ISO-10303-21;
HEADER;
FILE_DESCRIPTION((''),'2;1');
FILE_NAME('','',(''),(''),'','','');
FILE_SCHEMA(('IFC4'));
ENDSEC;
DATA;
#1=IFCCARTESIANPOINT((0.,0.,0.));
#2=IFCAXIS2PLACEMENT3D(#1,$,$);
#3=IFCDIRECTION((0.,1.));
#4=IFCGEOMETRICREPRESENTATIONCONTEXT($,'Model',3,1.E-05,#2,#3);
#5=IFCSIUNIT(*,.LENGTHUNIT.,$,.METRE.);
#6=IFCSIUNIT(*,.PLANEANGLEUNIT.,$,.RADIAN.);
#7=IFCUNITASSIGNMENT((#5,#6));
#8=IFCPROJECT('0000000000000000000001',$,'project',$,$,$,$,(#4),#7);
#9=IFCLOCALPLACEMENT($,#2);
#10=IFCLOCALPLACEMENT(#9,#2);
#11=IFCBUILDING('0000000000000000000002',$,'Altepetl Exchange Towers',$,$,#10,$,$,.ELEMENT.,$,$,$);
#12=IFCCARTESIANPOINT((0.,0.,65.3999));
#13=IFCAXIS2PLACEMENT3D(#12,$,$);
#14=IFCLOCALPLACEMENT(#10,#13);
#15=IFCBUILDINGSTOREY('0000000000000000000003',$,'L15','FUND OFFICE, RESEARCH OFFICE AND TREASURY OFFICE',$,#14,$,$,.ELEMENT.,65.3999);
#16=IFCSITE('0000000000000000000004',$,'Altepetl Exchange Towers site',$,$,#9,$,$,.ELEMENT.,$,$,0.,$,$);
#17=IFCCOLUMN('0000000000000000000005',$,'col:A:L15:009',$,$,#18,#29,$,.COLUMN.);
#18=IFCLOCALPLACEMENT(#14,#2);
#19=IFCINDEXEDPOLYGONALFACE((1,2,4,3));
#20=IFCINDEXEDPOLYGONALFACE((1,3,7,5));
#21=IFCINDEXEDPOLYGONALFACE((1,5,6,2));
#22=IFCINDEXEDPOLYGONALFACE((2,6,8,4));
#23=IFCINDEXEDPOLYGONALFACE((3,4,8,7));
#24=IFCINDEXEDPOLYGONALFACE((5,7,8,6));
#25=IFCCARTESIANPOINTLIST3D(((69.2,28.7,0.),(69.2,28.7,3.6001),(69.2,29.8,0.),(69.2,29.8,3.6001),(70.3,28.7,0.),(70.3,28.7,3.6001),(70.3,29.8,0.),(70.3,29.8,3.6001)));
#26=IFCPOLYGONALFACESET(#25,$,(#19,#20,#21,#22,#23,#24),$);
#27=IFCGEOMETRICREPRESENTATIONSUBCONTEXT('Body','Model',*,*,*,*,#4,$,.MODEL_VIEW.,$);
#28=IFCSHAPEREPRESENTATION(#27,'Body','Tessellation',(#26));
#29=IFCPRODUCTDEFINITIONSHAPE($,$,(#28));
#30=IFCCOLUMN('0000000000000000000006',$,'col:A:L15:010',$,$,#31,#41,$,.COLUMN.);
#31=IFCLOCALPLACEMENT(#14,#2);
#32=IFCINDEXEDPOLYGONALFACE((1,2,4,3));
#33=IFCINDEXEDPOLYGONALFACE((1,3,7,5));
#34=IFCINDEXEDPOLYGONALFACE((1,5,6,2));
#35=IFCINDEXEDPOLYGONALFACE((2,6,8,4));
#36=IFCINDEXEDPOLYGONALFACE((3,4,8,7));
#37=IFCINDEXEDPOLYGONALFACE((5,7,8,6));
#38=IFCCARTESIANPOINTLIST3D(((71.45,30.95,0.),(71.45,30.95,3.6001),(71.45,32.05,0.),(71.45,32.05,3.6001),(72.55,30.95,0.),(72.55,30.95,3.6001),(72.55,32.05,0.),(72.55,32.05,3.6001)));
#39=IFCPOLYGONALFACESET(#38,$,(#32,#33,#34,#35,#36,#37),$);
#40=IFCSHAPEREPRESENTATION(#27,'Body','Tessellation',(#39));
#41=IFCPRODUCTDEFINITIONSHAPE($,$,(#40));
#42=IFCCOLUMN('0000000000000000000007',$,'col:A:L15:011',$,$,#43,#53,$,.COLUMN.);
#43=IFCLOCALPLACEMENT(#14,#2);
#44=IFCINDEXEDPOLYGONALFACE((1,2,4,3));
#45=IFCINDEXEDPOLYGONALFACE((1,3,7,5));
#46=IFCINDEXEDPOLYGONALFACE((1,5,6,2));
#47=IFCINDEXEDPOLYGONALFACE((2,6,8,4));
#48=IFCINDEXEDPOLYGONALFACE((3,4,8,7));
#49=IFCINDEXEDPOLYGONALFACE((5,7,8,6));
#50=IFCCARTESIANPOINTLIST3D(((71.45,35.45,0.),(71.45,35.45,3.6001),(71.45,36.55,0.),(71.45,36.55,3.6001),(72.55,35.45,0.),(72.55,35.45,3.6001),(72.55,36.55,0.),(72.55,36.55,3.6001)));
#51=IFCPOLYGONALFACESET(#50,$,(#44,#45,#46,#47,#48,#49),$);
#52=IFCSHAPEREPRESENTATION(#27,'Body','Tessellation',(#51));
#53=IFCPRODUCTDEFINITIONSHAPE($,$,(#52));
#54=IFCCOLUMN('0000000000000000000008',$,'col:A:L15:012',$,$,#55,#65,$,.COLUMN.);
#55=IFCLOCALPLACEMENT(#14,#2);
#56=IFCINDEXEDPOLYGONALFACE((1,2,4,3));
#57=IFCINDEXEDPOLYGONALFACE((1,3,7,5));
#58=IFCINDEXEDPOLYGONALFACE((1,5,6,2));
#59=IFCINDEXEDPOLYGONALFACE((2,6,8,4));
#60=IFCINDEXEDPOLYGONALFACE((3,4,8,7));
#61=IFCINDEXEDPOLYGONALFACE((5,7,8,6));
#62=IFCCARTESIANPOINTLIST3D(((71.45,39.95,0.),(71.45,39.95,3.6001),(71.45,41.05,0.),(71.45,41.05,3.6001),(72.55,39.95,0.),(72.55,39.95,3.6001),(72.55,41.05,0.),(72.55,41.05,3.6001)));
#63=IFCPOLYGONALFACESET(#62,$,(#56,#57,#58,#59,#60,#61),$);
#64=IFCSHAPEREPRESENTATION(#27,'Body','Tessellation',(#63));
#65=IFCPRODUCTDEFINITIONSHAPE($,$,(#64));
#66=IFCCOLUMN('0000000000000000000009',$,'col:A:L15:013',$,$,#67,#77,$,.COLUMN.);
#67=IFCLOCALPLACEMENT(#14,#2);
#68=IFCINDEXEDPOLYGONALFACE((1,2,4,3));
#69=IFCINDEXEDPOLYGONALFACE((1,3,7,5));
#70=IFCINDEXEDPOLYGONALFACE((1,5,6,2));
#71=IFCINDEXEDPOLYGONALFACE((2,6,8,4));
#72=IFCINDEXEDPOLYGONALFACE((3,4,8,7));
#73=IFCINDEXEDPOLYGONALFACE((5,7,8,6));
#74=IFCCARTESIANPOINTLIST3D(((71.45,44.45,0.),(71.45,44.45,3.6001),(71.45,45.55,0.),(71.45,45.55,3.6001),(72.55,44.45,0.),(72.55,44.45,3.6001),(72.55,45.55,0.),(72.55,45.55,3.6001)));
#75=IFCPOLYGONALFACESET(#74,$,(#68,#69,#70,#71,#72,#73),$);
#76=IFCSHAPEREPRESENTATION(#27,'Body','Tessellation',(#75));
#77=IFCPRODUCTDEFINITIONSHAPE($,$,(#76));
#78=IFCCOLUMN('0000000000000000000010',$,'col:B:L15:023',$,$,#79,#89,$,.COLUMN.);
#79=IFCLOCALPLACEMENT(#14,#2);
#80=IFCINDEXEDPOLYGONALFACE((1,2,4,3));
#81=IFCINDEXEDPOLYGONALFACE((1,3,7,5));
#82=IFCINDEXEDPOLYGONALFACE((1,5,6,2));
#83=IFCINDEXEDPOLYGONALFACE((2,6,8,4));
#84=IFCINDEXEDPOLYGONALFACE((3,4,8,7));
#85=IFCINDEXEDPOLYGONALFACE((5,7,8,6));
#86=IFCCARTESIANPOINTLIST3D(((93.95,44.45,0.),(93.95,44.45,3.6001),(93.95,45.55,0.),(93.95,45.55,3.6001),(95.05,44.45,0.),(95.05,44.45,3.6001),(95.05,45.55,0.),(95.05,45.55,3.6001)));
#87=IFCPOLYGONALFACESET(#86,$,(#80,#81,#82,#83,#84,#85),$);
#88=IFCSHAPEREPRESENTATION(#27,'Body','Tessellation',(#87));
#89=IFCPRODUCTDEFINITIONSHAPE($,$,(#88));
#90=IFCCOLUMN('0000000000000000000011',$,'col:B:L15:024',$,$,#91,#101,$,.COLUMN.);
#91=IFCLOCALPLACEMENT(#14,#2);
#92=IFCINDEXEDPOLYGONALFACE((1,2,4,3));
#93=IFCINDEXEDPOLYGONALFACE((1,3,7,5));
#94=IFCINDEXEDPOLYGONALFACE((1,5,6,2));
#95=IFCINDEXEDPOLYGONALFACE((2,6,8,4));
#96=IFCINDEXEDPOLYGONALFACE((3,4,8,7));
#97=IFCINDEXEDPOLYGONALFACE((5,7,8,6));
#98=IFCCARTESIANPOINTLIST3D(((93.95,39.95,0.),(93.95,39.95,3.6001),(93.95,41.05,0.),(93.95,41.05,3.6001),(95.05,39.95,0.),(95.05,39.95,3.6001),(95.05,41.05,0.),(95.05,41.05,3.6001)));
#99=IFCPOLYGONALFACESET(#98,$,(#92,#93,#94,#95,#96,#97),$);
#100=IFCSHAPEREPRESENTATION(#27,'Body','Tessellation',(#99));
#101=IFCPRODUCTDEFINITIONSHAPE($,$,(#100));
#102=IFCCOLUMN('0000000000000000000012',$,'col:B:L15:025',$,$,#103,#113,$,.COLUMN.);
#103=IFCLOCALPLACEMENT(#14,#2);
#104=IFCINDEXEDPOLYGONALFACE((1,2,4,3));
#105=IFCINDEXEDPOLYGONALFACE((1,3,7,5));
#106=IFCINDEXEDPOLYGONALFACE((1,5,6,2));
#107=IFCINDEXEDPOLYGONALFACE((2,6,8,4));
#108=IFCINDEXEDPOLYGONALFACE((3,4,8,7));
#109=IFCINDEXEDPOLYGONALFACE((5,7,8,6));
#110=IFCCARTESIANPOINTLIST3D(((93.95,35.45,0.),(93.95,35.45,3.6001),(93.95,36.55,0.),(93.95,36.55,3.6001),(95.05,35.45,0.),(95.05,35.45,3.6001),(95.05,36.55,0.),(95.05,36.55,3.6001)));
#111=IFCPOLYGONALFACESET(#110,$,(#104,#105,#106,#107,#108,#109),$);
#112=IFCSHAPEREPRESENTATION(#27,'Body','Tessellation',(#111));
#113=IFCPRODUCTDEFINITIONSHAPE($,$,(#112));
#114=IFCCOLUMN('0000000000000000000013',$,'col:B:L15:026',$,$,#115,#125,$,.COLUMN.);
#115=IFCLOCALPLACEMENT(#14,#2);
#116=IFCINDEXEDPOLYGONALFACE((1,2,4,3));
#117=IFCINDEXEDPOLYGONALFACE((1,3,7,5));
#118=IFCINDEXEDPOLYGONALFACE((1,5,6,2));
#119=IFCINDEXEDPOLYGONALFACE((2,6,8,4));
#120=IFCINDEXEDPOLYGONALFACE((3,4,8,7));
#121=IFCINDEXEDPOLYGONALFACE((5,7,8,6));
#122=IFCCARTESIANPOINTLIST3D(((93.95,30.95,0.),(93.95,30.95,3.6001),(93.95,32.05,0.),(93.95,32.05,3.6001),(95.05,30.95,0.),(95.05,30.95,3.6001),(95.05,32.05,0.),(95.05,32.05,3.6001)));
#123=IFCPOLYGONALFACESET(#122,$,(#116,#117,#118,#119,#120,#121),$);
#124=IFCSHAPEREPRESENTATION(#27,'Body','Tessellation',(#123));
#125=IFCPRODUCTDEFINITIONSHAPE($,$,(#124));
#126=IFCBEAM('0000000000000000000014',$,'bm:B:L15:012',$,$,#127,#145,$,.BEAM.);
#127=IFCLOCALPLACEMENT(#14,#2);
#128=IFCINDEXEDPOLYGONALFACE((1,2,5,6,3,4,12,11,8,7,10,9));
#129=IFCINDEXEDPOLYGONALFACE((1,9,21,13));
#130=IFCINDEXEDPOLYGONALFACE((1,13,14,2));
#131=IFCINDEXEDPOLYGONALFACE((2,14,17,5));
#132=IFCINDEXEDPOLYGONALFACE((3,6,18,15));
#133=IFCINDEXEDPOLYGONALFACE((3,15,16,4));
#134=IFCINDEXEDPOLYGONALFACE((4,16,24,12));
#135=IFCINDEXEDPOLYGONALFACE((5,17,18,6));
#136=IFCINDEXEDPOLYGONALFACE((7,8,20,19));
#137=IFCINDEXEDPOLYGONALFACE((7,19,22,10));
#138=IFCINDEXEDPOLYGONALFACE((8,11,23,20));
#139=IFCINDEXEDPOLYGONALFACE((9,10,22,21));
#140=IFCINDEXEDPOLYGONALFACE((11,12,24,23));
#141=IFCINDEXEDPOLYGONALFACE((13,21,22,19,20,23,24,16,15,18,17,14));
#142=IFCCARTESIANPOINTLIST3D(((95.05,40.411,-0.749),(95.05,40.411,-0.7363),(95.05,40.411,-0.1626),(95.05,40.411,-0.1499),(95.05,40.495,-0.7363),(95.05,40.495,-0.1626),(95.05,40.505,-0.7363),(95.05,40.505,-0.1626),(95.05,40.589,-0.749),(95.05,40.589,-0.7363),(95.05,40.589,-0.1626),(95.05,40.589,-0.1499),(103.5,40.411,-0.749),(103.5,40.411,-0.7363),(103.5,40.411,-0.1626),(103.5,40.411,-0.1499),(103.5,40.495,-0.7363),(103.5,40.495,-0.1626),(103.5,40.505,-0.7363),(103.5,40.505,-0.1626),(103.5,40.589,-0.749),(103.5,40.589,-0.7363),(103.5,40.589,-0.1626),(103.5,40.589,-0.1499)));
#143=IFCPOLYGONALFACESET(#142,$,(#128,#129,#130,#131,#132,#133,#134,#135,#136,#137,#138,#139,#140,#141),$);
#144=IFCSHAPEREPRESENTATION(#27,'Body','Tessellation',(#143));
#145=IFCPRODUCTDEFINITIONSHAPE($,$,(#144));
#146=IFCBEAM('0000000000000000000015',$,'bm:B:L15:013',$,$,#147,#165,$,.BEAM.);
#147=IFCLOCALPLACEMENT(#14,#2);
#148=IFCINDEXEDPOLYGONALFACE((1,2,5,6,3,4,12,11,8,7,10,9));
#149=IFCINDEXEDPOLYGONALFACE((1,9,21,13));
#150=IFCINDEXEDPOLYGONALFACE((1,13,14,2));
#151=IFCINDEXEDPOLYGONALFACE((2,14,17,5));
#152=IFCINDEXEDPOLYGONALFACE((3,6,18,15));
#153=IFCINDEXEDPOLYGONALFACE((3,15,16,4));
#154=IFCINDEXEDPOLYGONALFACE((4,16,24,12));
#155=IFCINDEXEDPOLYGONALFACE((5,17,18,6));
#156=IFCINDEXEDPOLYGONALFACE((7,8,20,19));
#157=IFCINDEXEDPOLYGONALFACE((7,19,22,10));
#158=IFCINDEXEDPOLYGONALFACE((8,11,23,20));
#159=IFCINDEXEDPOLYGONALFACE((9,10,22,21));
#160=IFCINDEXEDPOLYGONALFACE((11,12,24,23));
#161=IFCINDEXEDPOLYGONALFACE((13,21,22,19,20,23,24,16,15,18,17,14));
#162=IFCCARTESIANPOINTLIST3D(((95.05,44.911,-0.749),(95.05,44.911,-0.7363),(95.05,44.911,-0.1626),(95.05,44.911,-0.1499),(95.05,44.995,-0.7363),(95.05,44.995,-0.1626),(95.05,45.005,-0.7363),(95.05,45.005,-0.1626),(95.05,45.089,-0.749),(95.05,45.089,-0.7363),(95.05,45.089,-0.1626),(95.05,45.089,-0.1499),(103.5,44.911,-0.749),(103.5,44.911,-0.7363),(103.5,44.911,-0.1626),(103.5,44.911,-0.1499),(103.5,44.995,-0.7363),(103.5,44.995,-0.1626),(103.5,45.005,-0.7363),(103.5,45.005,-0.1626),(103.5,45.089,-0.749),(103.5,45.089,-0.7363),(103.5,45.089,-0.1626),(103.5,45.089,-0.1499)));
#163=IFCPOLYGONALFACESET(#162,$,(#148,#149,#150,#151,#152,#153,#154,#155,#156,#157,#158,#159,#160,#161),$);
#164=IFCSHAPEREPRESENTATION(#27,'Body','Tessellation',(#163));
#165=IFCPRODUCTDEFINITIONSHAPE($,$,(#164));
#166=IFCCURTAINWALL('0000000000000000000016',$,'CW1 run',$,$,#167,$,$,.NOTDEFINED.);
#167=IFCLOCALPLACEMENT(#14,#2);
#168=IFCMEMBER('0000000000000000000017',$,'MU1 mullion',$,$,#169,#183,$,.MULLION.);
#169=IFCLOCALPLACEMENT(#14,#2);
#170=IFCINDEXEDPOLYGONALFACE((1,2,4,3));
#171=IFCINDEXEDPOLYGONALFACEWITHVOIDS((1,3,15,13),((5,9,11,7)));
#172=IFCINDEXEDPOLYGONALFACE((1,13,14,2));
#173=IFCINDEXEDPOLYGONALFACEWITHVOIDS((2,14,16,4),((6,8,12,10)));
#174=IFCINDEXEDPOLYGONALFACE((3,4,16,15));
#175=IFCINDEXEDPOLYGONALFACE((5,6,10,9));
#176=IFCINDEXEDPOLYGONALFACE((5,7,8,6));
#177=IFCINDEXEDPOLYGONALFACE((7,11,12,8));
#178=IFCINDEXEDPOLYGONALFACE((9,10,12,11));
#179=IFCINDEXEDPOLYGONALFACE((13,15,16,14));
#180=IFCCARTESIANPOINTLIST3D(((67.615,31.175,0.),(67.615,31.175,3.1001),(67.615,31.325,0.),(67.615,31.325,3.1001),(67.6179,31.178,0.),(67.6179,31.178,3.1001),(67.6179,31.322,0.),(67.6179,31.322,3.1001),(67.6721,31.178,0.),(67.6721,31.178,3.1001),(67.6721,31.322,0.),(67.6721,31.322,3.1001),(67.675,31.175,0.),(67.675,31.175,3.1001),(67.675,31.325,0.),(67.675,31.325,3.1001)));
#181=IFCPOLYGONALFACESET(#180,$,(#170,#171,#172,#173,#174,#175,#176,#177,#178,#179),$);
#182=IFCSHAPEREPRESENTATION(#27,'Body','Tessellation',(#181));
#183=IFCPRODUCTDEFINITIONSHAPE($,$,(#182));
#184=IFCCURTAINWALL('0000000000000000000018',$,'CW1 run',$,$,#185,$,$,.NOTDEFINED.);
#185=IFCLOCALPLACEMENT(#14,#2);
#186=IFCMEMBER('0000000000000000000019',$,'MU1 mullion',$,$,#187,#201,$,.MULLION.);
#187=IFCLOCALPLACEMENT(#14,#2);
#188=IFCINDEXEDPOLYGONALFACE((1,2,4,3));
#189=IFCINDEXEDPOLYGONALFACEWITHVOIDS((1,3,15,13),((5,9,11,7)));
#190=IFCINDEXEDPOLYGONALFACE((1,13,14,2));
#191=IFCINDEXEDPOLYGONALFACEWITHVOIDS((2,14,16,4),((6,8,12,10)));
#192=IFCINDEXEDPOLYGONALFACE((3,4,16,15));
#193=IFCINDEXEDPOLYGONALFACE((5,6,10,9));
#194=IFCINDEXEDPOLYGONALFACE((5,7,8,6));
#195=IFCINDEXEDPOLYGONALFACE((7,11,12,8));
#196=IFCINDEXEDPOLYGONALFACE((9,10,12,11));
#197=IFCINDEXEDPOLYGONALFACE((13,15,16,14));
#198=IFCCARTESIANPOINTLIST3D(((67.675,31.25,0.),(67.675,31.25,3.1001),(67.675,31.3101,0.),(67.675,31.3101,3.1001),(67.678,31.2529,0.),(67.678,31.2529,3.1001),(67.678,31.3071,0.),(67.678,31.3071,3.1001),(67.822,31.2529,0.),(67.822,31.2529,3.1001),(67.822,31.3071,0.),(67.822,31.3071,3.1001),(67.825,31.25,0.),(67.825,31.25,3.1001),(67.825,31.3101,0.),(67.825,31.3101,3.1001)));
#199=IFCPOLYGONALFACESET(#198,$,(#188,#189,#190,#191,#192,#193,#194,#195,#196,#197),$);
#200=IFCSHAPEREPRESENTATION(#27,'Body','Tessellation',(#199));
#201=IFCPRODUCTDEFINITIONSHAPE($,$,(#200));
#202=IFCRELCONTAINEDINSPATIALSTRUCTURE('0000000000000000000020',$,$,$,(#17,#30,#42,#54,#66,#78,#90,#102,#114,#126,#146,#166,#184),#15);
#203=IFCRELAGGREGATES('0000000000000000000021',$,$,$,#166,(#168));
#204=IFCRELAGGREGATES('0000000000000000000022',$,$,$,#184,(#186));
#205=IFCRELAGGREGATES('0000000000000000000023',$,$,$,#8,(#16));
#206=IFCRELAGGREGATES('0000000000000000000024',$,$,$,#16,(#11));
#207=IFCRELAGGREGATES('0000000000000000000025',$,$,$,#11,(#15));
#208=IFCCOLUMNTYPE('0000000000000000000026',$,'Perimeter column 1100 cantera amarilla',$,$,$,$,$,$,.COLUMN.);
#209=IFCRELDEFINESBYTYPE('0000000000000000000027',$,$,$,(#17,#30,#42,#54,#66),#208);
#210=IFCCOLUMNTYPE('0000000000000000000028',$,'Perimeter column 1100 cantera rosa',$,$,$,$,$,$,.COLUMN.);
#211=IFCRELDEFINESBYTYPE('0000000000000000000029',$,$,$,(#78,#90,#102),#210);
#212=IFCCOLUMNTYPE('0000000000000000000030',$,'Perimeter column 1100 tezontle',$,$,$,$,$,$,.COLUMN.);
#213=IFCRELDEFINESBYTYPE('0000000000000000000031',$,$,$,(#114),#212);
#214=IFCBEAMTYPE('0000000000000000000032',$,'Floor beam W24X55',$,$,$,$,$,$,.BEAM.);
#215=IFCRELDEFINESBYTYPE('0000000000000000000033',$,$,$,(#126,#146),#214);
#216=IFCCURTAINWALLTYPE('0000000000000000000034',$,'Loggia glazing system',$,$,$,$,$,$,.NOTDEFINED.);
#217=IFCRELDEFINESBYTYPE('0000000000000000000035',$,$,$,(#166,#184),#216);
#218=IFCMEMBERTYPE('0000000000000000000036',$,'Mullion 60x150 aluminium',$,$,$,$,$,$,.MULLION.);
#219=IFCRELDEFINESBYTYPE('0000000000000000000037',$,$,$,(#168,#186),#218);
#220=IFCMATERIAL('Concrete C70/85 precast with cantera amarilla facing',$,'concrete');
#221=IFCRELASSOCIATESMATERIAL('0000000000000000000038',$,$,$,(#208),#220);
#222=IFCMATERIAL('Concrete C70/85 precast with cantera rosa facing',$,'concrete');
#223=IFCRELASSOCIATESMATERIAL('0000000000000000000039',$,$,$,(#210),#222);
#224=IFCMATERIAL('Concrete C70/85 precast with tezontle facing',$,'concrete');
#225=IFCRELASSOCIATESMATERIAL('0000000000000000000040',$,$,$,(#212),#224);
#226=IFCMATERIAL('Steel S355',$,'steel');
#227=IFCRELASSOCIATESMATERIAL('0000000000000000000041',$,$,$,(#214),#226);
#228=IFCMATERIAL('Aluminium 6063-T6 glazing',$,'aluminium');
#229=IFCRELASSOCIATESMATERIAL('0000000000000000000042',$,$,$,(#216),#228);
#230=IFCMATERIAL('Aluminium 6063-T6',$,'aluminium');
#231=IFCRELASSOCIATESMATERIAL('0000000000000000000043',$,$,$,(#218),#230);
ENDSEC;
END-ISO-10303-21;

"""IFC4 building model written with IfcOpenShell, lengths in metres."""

from ifc_helpers import new_model, si_unit, direction, frame, origin, origin_2d, place, context, subcontext, project, spatial, rectangle, hollow_rectangle, i_section, extrude, material, material_profile, profile_set, type_object, element, aggregate, save


model = new_model("IFC4")

# Units and contexts
model_context = context("Model", 3, precision=1e-05, world=origin(), true_north=direction((0.0, 1.0)))
body_context = subcontext(model_context, "Body", "Model", "MODEL_VIEW")
ifc_project = project(units=[si_unit("LENGTHUNIT", "METRE"), si_unit("PLANEANGLEUNIT", "RADIAN")], contexts=[model_context])

# Site, building, storey
site_placement = place(None, origin())
site = spatial("IfcSite", under=ifc_project, at=site_placement, Name="Altepetl Exchange Towers site", CompositionType="ELEMENT", RefElevation=0.0)
building_placement = place(site_placement, origin())
building = spatial("IfcBuilding", under=site, at=building_placement, Name="Altepetl Exchange Towers", CompositionType="ELEMENT")
storey_placement = place(building_placement, frame((0.0, 0.0, 65.3999)))
storey = spatial("IfcBuildingStorey", under=building, at=storey_placement, Name="L15", Description="FUND OFFICE, RESEARCH OFFICE AND TREASURY OFFICE", CompositionType="ELEMENT", Elevation=65.3999)

# Columns
ifc_material_1 = material(Name="Concrete C70/85 precast with cantera amarilla facing", Category="concrete")
ifc_material_profile_1 = material_profile(ifc_material_1, rectangle(XDim=1.1001, YDim=1.1001, at=origin_2d()), Name="1100 x 1100")
ifc_profile_set_1 = profile_set([ifc_material_profile_1], Name="Concrete C70/85 precast with cantera amarilla facing")
column_type_1 = type_object("IfcColumnType", Name="Perimeter column 1100 cantera amarilla", PredefinedType="COLUMN", material=ifc_profile_set_1)
for number, where, name in (
    (1, (69.75, 29.25, 0.0), "col:A:L15:009"),
    (2, (72.0, 31.5, 0.0), "col:A:L15:010"),
    (3, (72.0, 36.0, 0.0), "col:A:L15:011"),
    (4, (72.0, 40.5, 0.0), "col:A:L15:012"),
    (5, (72.0, 45.0, 0.0), "col:A:L15:013"),
):
    element("IfcColumn", number, at=place(storey_placement, frame(where)), inside=storey, type_object=column_type_1, Name=name, PredefinedType="COLUMN", context=body_context, shape_type="SweptSolid", body=[
        extrude(rectangle(XDim=1.1001, YDim=1.1001, at=origin_2d()), origin(), (0.0, 0.0, 1.0), 3.6001),
    ])
ifc_material_2 = material(Name="Concrete C70/85 precast with cantera rosa facing", Category="concrete")
ifc_material_profile_2 = material_profile(ifc_material_2, rectangle(XDim=1.1001, YDim=1.1001, at=origin_2d()), Name="1100 x 1100")
ifc_profile_set_2 = profile_set([ifc_material_profile_2], Name="Concrete C70/85 precast with cantera rosa facing")
column_type_2 = type_object("IfcColumnType", Name="Perimeter column 1100 cantera rosa", PredefinedType="COLUMN", material=ifc_profile_set_2)
for number, where, name in (
    (6, (94.5, 45.0, 0.0), "col:B:L15:023"),
    (7, (94.5, 40.5, 0.0), "col:B:L15:024"),
    (8, (94.5, 36.0, 0.0), "col:B:L15:025"),
):
    element("IfcColumn", number, at=place(storey_placement, frame(where)), inside=storey, type_object=column_type_2, Name=name, PredefinedType="COLUMN", context=body_context, shape_type="SweptSolid", body=[
        extrude(rectangle(XDim=1.1001, YDim=1.1001, at=origin_2d()), origin(), (0.0, 0.0, 1.0), 3.6001),
    ])
ifc_material_3 = material(Name="Concrete C70/85 precast with tezontle facing", Category="concrete")
ifc_material_profile_3 = material_profile(ifc_material_3, rectangle(XDim=1.1001, YDim=1.1001, at=origin_2d()), Name="1100 x 1100")
ifc_profile_set_3 = profile_set([ifc_material_profile_3], Name="Concrete C70/85 precast with tezontle facing")
column_type_3 = type_object("IfcColumnType", Name="Perimeter column 1100 tezontle", PredefinedType="COLUMN", material=ifc_profile_set_3)
column_placement = place(storey_placement, frame((94.5, 31.5, 0.0)))
element("IfcColumn", 9, at=column_placement, inside=storey, type_object=column_type_3, Name="col:B:L15:026", PredefinedType="COLUMN", context=body_context, shape_type="SweptSolid", body=[
    extrude(rectangle(XDim=1.1001, YDim=1.1001, at=origin_2d()), origin(), (0.0, 0.0, 1.0), 3.6001),
])

# Beams
ifc_material_4 = material(Name="Steel S355", Category="steel")
ifc_material_profile_4 = material_profile(ifc_material_4, i_section(OverallWidth=0.178, OverallDepth=0.5991, WebThickness=0.01, FlangeThickness=0.0127, at=origin_2d()), Name="W24X55")
ifc_profile_set_4 = profile_set([ifc_material_profile_4], Name="Steel S355")
beam_type_1 = type_object("IfcBeamType", Name="Floor beam W24X55", PredefinedType="BEAM", material=ifc_profile_set_4)
for number, where, z_axis, x_axis, name in (
    (10, (95.05, 40.5, -0.4495), (1.0, 0.0, 0.0), (0.0, 1.0, 0.0), "bm:B:L15:012"),
    (11, (95.05, 45.0, -0.4495), (1.0, 0.0, 0.0), (0.0, 1.0, 0.0), "bm:B:L15:013"),
):
    element("IfcBeam", number, at=place(storey_placement, frame(where, z_axis=z_axis, x_axis=x_axis)), inside=storey, type_object=beam_type_1, Name=name, PredefinedType="BEAM", context=body_context, shape_type="SweptSolid", body=[
        extrude(i_section(OverallWidth=0.178, OverallDepth=0.5991, WebThickness=0.01, FlangeThickness=0.0127, at=origin_2d()), origin(), (0.0, 0.0, 1.0), 8.45),
    ])

# Curtain wall, member
ifc_material_5 = material(Name="Aluminium 6063-T6 glazing", Category="aluminium")
curtain_wall_type = type_object("IfcCurtainWallType", Name="Loggia glazing system", PredefinedType="NOTDEFINED", material=ifc_material_5)
curtain_wall_1_placement = place(storey_placement, origin())
curtain_wall_1 = element("IfcCurtainWall", 12, at=curtain_wall_1_placement, inside=storey, type_object=curtain_wall_type, Name="CW1 run", PredefinedType="NOTDEFINED")
ifc_material_6 = material(Name="Aluminium 6063-T6", Category="aluminium")
ifc_material_profile_5 = material_profile(ifc_material_6, hollow_rectangle(XDim=0.0601, YDim=0.1499, WallThickness=0.0029, at=origin_2d()), Name="Mullion 60x150 aluminium")
ifc_profile_set_5 = profile_set([ifc_material_profile_5], Name="Aluminium 6063-T6")
member_type = type_object("IfcMemberType", Name="Mullion 60x150 aluminium", PredefinedType="MULLION", material=ifc_profile_set_5)
member_1_placement = place(storey_placement, frame((67.645, 31.25, 0.0)))
member_1 = element("IfcMember", 13, at=member_1_placement, type_object=member_type, Name="MU1 mullion", PredefinedType="MULLION", context=body_context, shape_type="SweptSolid", body=[
    extrude(hollow_rectangle(XDim=0.0601, YDim=0.1499, WallThickness=0.0029, at=origin_2d()), origin(), (0.0, 0.0, 1.0), 3.1001),
])
aggregate(curtain_wall_1, [member_1])

# Curtain wall, member
curtain_wall_2_placement = place(storey_placement, origin())
curtain_wall_2 = element("IfcCurtainWall", 14, at=curtain_wall_2_placement, inside=storey, type_object=curtain_wall_type, Name="CW1 run", PredefinedType="NOTDEFINED")
member_2_placement = place(storey_placement, frame((67.75, 31.28, 0.0), z_axis=(0.0, 0.0, 1.0), x_axis=(0.0, 1.0, 0.0)))
member_2 = element("IfcMember", 15, at=member_2_placement, type_object=member_type, Name="MU1 mullion", PredefinedType="MULLION", context=body_context, shape_type="SweptSolid", body=[
    extrude(hollow_rectangle(XDim=0.0601, YDim=0.1499, WallThickness=0.0029, at=origin_2d()), origin(), (0.0, 0.0, 1.0), 3.1001),
])

aggregate(curtain_wall_2, [member_2])

save(model, "model.ifc")
